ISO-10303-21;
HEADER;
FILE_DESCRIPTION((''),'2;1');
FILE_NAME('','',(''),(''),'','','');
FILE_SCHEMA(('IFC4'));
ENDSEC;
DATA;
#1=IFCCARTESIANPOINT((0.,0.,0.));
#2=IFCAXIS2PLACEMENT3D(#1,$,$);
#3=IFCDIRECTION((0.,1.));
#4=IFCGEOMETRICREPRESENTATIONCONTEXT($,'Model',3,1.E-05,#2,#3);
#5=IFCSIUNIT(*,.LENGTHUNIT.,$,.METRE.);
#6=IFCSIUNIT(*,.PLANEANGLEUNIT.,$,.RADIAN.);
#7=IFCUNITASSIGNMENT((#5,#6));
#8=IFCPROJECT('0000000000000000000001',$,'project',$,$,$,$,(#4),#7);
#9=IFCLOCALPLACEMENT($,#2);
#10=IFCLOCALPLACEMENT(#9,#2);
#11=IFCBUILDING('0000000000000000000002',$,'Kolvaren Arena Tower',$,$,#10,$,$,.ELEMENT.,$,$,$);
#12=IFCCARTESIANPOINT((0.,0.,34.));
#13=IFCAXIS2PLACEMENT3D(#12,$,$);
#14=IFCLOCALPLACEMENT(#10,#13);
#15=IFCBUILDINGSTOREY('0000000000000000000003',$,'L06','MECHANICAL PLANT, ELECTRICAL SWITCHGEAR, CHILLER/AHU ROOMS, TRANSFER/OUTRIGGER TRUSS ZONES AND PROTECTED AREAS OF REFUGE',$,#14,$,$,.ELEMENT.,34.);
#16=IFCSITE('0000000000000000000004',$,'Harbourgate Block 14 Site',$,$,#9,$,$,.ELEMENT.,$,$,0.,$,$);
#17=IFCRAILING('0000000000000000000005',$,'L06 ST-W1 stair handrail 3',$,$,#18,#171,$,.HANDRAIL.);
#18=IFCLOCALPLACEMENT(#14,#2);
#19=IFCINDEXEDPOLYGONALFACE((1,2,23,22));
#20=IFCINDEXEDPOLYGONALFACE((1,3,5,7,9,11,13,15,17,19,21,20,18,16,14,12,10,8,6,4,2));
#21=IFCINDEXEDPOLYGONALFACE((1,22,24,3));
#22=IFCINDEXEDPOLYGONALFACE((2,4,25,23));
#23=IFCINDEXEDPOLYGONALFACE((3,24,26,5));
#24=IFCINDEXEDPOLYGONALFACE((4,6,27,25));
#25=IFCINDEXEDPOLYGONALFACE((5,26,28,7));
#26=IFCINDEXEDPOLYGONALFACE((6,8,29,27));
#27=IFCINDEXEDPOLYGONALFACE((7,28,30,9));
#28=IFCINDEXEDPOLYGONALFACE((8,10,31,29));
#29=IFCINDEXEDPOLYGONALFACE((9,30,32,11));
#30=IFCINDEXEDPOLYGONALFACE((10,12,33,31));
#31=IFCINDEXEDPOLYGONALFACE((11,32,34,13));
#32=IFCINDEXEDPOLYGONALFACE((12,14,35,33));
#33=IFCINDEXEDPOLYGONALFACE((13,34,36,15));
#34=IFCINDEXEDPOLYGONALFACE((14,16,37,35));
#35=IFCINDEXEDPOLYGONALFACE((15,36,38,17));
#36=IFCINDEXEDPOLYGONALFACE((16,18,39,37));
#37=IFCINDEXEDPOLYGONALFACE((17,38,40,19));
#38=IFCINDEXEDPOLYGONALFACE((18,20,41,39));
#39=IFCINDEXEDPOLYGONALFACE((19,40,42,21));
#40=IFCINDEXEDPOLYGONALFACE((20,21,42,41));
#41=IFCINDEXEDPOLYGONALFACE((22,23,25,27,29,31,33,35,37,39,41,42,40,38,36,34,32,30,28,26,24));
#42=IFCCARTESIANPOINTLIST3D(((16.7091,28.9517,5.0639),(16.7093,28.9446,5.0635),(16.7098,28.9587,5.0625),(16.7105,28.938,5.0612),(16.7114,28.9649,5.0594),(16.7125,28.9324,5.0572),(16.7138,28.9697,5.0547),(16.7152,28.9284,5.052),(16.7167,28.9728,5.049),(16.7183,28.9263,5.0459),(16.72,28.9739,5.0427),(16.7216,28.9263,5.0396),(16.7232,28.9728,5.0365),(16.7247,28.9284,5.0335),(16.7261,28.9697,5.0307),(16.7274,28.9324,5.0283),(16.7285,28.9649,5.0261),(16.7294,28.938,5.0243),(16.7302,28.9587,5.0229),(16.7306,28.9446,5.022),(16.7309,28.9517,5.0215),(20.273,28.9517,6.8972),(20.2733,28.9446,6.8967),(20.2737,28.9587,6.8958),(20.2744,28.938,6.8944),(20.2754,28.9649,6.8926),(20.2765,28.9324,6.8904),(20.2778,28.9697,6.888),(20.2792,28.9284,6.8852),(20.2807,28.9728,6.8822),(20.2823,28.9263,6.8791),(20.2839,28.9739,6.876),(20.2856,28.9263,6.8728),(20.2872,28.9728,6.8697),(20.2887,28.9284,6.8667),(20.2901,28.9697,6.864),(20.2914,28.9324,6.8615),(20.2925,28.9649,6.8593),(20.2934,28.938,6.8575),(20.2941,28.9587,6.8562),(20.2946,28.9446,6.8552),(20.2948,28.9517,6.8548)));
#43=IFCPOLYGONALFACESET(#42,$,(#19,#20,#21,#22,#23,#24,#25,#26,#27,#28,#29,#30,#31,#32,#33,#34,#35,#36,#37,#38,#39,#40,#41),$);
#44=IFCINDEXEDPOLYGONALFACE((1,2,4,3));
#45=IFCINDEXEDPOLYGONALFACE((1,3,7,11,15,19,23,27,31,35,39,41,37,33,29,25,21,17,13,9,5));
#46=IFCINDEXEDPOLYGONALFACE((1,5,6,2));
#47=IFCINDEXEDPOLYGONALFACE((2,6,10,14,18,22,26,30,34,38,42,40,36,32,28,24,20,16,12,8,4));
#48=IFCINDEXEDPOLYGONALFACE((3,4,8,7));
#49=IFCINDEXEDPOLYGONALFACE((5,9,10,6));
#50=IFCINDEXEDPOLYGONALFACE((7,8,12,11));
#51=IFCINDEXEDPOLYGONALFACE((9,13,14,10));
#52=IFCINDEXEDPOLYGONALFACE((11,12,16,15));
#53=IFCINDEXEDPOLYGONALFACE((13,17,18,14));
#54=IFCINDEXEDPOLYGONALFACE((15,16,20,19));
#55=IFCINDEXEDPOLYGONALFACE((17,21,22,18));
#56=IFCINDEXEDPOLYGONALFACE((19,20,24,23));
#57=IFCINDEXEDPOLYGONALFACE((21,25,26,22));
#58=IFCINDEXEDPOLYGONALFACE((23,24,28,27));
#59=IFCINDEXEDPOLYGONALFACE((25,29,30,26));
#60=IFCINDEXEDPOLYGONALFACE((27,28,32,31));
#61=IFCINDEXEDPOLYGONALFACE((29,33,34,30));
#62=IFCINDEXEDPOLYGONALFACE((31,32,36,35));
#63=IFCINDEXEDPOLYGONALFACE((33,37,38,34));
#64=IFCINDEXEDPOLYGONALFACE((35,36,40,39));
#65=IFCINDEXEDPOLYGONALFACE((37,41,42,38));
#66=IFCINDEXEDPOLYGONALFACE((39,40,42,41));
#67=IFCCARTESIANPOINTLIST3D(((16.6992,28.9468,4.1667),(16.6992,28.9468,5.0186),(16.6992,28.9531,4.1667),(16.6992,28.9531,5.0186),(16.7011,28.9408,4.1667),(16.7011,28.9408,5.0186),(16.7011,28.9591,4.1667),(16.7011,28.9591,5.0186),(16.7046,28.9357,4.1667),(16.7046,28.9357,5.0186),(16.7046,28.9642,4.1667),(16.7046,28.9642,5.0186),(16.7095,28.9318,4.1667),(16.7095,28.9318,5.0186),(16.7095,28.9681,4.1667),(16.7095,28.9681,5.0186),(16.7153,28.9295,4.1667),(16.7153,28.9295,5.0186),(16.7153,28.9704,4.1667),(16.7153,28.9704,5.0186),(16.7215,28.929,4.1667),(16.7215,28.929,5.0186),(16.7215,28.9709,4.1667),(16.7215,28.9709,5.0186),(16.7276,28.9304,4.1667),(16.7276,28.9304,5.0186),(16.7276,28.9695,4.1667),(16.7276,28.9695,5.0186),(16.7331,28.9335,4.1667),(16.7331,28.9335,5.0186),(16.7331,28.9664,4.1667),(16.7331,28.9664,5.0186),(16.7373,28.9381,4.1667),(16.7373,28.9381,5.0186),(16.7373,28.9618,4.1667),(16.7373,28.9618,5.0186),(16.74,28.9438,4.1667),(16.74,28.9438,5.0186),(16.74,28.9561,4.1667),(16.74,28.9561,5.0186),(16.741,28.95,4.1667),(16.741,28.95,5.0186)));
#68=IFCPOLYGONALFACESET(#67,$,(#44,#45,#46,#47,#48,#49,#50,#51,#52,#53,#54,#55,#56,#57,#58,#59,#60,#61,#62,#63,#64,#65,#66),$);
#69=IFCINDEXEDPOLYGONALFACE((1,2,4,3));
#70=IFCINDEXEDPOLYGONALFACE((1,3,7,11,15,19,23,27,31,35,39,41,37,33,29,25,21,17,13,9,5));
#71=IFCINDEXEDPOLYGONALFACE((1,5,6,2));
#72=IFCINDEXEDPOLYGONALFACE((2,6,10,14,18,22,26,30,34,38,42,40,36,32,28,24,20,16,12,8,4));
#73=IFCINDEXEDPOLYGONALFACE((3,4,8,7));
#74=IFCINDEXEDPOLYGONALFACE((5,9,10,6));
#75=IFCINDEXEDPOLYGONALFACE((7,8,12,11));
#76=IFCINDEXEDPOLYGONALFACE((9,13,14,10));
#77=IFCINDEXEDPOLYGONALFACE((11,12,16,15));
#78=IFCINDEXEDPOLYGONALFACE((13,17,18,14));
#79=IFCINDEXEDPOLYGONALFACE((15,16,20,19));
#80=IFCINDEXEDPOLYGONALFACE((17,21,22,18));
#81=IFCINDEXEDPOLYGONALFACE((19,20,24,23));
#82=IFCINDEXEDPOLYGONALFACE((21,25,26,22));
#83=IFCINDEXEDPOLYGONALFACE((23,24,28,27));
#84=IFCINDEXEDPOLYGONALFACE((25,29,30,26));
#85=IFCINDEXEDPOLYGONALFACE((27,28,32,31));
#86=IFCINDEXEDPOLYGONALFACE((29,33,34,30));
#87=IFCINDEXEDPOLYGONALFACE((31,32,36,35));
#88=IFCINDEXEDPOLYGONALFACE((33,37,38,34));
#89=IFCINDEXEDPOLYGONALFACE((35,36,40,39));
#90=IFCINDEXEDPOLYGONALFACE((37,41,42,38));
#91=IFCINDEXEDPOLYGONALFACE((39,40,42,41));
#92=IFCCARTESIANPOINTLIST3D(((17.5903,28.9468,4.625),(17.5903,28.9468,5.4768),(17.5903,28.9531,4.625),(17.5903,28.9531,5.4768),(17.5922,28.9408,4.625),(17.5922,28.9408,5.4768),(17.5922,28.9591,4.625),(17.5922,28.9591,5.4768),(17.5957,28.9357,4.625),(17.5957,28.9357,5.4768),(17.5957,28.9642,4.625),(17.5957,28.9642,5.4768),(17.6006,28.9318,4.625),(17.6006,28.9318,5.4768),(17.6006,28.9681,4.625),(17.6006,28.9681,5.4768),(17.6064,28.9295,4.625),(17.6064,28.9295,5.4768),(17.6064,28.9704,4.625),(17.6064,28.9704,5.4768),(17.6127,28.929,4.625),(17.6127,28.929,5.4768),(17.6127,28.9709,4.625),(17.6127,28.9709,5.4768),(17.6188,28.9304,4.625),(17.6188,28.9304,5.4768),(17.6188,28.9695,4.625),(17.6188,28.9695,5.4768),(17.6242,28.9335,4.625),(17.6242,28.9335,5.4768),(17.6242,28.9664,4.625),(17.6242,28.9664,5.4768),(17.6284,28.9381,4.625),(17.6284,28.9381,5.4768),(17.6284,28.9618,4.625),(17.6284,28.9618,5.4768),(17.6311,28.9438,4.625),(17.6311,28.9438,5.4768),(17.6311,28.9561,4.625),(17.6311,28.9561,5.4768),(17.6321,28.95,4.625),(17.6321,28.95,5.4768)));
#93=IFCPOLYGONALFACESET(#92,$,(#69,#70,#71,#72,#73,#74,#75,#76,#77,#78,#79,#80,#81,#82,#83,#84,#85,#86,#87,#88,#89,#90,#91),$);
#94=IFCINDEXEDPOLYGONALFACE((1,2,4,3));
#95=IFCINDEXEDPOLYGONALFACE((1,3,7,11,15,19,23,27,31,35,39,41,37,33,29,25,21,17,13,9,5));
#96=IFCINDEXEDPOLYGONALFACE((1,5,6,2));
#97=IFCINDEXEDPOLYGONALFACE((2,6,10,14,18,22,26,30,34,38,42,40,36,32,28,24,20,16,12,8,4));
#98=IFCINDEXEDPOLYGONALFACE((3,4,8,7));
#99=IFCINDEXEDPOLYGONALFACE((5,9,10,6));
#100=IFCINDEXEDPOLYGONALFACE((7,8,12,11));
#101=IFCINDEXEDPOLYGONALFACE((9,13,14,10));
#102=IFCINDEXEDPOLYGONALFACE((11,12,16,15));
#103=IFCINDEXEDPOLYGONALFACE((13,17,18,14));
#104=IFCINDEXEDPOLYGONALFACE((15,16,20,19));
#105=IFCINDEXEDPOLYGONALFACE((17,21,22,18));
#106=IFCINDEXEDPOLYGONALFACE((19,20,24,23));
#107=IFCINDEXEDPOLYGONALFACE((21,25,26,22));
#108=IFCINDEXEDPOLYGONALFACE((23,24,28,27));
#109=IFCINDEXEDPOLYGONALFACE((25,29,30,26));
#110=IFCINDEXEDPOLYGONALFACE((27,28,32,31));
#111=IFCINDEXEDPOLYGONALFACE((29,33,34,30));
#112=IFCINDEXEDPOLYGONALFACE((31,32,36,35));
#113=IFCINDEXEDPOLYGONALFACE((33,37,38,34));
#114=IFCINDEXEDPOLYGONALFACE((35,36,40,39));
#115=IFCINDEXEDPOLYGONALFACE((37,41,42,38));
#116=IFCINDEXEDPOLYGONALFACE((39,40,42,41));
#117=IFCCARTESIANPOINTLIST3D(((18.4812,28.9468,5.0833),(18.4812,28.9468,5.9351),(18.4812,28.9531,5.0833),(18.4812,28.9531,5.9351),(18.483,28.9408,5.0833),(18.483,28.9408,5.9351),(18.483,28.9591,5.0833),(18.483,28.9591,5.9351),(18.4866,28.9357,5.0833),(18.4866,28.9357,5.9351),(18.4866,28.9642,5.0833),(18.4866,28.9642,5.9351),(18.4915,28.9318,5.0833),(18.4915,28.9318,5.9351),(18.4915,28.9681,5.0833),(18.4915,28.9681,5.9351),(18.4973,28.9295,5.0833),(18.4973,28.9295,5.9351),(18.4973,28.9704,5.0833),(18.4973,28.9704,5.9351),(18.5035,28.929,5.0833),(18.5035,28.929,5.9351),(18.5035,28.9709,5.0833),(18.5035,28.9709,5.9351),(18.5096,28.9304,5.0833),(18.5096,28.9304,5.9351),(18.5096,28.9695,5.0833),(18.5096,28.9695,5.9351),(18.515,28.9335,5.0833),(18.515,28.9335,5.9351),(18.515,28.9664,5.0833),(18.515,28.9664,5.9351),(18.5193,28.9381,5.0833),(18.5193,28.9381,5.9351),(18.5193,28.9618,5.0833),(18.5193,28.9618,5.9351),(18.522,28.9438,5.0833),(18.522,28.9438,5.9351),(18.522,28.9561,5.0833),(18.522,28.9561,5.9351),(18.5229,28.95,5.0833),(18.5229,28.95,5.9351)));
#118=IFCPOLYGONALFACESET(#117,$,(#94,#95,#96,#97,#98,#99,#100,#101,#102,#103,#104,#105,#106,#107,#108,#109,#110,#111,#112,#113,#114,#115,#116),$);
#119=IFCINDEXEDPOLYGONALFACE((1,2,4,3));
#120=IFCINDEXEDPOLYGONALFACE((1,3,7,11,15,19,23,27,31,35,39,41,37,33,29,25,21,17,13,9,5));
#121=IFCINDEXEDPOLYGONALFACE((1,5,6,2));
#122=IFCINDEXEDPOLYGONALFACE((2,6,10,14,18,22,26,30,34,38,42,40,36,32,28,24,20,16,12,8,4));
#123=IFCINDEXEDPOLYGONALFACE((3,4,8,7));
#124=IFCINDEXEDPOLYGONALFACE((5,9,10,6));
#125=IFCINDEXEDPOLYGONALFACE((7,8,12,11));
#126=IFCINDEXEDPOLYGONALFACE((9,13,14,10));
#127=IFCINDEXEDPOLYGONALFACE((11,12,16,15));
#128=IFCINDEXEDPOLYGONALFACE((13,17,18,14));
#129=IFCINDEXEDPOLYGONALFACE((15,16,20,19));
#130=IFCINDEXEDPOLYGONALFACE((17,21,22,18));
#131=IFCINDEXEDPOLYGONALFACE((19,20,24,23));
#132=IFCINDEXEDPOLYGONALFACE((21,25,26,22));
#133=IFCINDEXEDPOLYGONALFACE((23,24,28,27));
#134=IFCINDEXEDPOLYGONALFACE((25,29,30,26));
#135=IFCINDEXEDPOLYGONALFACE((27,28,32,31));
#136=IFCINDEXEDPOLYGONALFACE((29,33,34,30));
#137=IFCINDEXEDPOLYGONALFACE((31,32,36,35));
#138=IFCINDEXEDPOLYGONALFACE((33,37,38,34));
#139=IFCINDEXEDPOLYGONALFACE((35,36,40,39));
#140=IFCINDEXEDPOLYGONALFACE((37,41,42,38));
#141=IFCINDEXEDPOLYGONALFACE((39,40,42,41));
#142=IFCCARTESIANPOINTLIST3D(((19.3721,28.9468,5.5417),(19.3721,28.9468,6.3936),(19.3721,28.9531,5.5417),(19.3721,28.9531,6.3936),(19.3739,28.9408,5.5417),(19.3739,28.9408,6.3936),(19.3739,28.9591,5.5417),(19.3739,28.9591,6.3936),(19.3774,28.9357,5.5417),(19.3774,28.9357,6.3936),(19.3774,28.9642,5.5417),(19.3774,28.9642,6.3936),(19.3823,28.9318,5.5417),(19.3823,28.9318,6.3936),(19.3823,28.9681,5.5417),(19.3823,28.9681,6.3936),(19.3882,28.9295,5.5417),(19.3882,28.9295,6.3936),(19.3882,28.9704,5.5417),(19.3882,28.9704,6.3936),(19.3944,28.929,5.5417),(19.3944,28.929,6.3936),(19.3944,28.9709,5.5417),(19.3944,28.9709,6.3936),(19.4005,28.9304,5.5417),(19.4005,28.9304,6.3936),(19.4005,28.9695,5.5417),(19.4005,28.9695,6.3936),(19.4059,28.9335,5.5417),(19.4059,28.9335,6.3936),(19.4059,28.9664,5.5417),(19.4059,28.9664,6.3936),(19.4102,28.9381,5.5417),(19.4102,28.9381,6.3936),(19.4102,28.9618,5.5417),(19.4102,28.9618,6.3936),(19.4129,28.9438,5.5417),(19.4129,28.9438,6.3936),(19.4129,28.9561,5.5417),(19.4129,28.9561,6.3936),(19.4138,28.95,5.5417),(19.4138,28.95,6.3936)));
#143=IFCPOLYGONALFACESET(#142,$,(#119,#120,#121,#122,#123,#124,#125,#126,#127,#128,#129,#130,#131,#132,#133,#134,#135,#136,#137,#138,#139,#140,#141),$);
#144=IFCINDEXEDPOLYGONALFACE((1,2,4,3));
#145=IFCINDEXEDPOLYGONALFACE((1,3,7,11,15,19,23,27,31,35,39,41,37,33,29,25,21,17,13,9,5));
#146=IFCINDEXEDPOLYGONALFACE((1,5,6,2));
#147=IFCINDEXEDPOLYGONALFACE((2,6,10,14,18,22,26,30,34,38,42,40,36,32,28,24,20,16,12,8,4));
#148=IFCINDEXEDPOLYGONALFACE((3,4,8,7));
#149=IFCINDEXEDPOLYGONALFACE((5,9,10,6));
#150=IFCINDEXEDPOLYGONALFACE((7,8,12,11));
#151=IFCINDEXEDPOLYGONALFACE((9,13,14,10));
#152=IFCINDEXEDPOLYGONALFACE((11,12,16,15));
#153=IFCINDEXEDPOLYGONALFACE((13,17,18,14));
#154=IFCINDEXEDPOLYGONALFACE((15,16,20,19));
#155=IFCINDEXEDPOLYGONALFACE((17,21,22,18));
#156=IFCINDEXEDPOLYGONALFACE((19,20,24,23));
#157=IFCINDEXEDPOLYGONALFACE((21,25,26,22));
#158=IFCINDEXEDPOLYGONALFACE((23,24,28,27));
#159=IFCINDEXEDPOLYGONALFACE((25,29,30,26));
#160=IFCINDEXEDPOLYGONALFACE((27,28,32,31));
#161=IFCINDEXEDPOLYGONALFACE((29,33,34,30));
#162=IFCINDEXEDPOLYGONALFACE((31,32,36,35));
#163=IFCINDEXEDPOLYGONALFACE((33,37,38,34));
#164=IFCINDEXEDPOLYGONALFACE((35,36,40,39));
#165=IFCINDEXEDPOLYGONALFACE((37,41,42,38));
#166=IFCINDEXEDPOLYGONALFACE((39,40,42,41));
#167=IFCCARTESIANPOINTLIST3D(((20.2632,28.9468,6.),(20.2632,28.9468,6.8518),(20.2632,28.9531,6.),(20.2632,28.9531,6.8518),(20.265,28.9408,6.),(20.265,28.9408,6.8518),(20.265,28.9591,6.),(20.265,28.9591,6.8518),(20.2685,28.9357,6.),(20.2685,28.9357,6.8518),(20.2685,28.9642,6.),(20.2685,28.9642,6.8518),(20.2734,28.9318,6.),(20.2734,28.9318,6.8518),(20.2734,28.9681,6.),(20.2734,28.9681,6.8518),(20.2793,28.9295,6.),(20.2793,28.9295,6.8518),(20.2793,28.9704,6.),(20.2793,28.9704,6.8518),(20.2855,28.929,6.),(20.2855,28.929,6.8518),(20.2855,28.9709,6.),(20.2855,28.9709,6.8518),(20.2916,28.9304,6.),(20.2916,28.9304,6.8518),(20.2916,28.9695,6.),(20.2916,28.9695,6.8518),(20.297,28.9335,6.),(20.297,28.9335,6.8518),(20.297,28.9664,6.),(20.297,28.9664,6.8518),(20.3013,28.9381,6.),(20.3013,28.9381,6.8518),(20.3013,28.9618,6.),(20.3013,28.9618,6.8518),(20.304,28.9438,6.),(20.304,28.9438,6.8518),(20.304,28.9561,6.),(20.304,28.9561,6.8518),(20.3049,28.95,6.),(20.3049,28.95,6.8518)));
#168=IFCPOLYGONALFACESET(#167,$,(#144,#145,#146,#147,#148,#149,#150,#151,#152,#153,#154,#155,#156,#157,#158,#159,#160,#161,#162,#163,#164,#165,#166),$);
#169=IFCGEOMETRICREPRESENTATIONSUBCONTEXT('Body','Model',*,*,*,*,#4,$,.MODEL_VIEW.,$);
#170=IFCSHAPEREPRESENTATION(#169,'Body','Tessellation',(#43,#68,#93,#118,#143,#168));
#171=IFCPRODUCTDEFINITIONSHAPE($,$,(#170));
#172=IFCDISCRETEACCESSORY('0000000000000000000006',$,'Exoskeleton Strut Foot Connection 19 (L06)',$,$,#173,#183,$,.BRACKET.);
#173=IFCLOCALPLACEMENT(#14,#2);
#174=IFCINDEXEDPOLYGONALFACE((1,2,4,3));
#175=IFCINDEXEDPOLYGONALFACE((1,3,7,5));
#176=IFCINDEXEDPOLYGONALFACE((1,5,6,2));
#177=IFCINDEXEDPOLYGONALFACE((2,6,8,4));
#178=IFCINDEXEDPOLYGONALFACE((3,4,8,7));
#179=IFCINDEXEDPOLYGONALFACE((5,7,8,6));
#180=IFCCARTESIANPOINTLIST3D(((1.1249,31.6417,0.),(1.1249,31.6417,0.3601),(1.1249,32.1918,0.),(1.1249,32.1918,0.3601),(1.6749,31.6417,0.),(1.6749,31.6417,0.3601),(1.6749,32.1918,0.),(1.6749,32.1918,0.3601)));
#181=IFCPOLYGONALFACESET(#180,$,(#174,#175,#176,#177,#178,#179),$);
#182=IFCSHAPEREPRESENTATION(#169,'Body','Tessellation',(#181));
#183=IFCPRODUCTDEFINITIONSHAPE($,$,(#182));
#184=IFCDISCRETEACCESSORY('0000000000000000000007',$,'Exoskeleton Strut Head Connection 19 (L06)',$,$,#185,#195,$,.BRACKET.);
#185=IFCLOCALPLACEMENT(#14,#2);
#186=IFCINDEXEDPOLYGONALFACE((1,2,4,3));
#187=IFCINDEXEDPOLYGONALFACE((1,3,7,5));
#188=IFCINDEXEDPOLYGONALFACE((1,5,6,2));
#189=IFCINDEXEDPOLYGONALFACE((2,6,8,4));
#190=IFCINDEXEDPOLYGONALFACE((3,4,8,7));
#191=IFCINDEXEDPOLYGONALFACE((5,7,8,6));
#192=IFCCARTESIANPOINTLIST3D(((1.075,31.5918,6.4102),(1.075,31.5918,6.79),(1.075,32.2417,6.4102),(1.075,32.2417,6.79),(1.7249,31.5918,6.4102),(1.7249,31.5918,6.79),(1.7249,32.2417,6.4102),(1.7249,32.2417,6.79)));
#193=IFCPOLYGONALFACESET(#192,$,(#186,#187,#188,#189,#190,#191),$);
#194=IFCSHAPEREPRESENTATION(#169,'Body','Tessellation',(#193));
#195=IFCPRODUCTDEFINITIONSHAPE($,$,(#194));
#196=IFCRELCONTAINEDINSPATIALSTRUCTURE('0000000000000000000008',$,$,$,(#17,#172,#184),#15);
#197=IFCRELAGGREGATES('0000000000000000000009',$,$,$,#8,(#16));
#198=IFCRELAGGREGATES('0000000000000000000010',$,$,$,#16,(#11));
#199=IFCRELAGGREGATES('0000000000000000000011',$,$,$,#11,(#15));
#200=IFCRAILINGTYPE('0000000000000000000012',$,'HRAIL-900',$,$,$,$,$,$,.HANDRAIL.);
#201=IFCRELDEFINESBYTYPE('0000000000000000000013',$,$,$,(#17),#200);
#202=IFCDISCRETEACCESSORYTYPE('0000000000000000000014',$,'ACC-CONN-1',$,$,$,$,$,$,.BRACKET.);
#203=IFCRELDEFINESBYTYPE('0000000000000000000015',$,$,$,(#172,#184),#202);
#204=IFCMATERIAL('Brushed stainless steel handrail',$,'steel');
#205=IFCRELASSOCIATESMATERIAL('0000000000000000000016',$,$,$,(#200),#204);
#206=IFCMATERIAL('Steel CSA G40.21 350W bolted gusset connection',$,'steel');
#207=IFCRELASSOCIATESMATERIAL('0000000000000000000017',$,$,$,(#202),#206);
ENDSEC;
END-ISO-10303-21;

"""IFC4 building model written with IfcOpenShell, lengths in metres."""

from ifc_helpers import new_model, si_unit, direction, frame, origin, origin_2d, place, context, subcontext, project, spatial, rectangle, circle, extrude, material, type_object, element, save


model = new_model("IFC4")

# Units and contexts
model_context = context("Model", 3, precision=1e-05, world=origin(), true_north=direction((0.0, 1.0)))
body_context = subcontext(model_context, "Body", "Model", "MODEL_VIEW")
ifc_project = project(units=[si_unit("LENGTHUNIT", "METRE"), si_unit("PLANEANGLEUNIT", "RADIAN")], contexts=[model_context])

# Site, building, storey
site_placement = place(None, origin())
site = spatial("IfcSite", under=ifc_project, at=site_placement, Name="Harbourgate Block 14 Site", CompositionType="ELEMENT", RefElevation=0.0)
building_placement = place(site_placement, origin())
building = spatial("IfcBuilding", under=site, at=building_placement, Name="Kolvaren Arena Tower", CompositionType="ELEMENT")
storey_placement = place(building_placement, frame((0.0, 0.0, 34.0)))
storey = spatial("IfcBuildingStorey", under=building, at=storey_placement, Name="L06", Description="MECHANICAL PLANT, ELECTRICAL SWITCHGEAR, CHILLER/AHU ROOMS, TRANSFER/OUTRIGGER TRUSS ZONES AND PROTECTED AREAS OF REFUGE", CompositionType="ELEMENT", Elevation=34.0)

# Railing
ifc_material_1 = material(Name="Brushed stainless steel handrail", Category="steel")
railing_type_1 = type_object("IfcRailingType", Name="HRAIL-900", PredefinedType="HANDRAIL", material=ifc_material_1)
railing_1_placement = place(storey_placement, frame((16.72, 28.95, 4.1667)))
element("IfcRailing", 1, at=railing_1_placement, inside=storey, type_object=railing_type_1, Name="L06 ST-W1 stair handrail 3", PredefinedType="HANDRAIL", context=body_context, shape_type="SweptSolid", body=[
    extrude(circle(Radius=0.0239, at=origin_2d()), frame((0.0, 0.0, 0.876), z_axis=(0.889252, 0.0, 0.457418), x_axis=(0.0, 1.0, 0.0)), (0.0, 0.0, 1.0), 4.0078),
    extrude(circle(Radius=0.021, at=origin_2d()), origin(), (0.0, 0.0, 1.0), 0.8518),
    extrude(circle(Radius=0.021, at=origin_2d()), frame((0.8911, 0.0, 0.4583)), (0.0, 0.0, 1.0), 0.8518),
    extrude(circle(Radius=0.021, at=origin_2d()), frame((1.782, 0.0, 0.9165)), (0.0, 0.0, 1.0), 0.8518),
    extrude(circle(Radius=0.021, at=origin_2d()), frame((2.6729, 0.0, 1.375)), (0.0, 0.0, 1.0), 0.8518),
    extrude(circle(Radius=0.021, at=origin_2d()), frame((3.564, 0.0, 1.8333)), (0.0, 0.0, 1.0), 0.8518),
])

# Discrete accessories
ifc_material_2 = material(Name="Steel CSA G40.21 350W bolted gusset connection", Category="steel")
discrete_accessory_type = type_object("IfcDiscreteAccessoryType", Name="ACC-CONN-1", PredefinedType="BRACKET", material=ifc_material_2)
discrete_accessory_1_placement = place(storey_placement, frame((1.3999, 31.9167, 0.0), z_axis=(0.0, 0.0, 1.0), x_axis=(1.0, 0.0, 0.0)))
element("IfcDiscreteAccessory", 2, at=discrete_accessory_1_placement, inside=storey, type_object=discrete_accessory_type, Name="Exoskeleton Strut Foot Connection 19 (L06)", PredefinedType="BRACKET", context=body_context, shape_type="SweptSolid", body=[
    extrude(rectangle(XDim=0.55, YDim=0.55, at=origin_2d()), origin(), (0.0, 0.0, 1.0), 0.3601),
])
discrete_accessory_2_placement = place(storey_placement, frame((1.3999, 31.9167, 6.4102), z_axis=(0.0, 0.0, 1.0), x_axis=(1.0, 0.0, 0.0)))
element("IfcDiscreteAccessory", 3, at=discrete_accessory_2_placement, inside=storey, type_object=discrete_accessory_type, Name="Exoskeleton Strut Head Connection 19 (L06)", PredefinedType="BRACKET", context=body_context, shape_type="SweptSolid", body=[
    extrude(rectangle(XDim=0.6499, YDim=0.6499, at=origin_2d()), origin(), (0.0, 0.0, 1.0), 0.3799),
])

save(model, "model.ifc")
